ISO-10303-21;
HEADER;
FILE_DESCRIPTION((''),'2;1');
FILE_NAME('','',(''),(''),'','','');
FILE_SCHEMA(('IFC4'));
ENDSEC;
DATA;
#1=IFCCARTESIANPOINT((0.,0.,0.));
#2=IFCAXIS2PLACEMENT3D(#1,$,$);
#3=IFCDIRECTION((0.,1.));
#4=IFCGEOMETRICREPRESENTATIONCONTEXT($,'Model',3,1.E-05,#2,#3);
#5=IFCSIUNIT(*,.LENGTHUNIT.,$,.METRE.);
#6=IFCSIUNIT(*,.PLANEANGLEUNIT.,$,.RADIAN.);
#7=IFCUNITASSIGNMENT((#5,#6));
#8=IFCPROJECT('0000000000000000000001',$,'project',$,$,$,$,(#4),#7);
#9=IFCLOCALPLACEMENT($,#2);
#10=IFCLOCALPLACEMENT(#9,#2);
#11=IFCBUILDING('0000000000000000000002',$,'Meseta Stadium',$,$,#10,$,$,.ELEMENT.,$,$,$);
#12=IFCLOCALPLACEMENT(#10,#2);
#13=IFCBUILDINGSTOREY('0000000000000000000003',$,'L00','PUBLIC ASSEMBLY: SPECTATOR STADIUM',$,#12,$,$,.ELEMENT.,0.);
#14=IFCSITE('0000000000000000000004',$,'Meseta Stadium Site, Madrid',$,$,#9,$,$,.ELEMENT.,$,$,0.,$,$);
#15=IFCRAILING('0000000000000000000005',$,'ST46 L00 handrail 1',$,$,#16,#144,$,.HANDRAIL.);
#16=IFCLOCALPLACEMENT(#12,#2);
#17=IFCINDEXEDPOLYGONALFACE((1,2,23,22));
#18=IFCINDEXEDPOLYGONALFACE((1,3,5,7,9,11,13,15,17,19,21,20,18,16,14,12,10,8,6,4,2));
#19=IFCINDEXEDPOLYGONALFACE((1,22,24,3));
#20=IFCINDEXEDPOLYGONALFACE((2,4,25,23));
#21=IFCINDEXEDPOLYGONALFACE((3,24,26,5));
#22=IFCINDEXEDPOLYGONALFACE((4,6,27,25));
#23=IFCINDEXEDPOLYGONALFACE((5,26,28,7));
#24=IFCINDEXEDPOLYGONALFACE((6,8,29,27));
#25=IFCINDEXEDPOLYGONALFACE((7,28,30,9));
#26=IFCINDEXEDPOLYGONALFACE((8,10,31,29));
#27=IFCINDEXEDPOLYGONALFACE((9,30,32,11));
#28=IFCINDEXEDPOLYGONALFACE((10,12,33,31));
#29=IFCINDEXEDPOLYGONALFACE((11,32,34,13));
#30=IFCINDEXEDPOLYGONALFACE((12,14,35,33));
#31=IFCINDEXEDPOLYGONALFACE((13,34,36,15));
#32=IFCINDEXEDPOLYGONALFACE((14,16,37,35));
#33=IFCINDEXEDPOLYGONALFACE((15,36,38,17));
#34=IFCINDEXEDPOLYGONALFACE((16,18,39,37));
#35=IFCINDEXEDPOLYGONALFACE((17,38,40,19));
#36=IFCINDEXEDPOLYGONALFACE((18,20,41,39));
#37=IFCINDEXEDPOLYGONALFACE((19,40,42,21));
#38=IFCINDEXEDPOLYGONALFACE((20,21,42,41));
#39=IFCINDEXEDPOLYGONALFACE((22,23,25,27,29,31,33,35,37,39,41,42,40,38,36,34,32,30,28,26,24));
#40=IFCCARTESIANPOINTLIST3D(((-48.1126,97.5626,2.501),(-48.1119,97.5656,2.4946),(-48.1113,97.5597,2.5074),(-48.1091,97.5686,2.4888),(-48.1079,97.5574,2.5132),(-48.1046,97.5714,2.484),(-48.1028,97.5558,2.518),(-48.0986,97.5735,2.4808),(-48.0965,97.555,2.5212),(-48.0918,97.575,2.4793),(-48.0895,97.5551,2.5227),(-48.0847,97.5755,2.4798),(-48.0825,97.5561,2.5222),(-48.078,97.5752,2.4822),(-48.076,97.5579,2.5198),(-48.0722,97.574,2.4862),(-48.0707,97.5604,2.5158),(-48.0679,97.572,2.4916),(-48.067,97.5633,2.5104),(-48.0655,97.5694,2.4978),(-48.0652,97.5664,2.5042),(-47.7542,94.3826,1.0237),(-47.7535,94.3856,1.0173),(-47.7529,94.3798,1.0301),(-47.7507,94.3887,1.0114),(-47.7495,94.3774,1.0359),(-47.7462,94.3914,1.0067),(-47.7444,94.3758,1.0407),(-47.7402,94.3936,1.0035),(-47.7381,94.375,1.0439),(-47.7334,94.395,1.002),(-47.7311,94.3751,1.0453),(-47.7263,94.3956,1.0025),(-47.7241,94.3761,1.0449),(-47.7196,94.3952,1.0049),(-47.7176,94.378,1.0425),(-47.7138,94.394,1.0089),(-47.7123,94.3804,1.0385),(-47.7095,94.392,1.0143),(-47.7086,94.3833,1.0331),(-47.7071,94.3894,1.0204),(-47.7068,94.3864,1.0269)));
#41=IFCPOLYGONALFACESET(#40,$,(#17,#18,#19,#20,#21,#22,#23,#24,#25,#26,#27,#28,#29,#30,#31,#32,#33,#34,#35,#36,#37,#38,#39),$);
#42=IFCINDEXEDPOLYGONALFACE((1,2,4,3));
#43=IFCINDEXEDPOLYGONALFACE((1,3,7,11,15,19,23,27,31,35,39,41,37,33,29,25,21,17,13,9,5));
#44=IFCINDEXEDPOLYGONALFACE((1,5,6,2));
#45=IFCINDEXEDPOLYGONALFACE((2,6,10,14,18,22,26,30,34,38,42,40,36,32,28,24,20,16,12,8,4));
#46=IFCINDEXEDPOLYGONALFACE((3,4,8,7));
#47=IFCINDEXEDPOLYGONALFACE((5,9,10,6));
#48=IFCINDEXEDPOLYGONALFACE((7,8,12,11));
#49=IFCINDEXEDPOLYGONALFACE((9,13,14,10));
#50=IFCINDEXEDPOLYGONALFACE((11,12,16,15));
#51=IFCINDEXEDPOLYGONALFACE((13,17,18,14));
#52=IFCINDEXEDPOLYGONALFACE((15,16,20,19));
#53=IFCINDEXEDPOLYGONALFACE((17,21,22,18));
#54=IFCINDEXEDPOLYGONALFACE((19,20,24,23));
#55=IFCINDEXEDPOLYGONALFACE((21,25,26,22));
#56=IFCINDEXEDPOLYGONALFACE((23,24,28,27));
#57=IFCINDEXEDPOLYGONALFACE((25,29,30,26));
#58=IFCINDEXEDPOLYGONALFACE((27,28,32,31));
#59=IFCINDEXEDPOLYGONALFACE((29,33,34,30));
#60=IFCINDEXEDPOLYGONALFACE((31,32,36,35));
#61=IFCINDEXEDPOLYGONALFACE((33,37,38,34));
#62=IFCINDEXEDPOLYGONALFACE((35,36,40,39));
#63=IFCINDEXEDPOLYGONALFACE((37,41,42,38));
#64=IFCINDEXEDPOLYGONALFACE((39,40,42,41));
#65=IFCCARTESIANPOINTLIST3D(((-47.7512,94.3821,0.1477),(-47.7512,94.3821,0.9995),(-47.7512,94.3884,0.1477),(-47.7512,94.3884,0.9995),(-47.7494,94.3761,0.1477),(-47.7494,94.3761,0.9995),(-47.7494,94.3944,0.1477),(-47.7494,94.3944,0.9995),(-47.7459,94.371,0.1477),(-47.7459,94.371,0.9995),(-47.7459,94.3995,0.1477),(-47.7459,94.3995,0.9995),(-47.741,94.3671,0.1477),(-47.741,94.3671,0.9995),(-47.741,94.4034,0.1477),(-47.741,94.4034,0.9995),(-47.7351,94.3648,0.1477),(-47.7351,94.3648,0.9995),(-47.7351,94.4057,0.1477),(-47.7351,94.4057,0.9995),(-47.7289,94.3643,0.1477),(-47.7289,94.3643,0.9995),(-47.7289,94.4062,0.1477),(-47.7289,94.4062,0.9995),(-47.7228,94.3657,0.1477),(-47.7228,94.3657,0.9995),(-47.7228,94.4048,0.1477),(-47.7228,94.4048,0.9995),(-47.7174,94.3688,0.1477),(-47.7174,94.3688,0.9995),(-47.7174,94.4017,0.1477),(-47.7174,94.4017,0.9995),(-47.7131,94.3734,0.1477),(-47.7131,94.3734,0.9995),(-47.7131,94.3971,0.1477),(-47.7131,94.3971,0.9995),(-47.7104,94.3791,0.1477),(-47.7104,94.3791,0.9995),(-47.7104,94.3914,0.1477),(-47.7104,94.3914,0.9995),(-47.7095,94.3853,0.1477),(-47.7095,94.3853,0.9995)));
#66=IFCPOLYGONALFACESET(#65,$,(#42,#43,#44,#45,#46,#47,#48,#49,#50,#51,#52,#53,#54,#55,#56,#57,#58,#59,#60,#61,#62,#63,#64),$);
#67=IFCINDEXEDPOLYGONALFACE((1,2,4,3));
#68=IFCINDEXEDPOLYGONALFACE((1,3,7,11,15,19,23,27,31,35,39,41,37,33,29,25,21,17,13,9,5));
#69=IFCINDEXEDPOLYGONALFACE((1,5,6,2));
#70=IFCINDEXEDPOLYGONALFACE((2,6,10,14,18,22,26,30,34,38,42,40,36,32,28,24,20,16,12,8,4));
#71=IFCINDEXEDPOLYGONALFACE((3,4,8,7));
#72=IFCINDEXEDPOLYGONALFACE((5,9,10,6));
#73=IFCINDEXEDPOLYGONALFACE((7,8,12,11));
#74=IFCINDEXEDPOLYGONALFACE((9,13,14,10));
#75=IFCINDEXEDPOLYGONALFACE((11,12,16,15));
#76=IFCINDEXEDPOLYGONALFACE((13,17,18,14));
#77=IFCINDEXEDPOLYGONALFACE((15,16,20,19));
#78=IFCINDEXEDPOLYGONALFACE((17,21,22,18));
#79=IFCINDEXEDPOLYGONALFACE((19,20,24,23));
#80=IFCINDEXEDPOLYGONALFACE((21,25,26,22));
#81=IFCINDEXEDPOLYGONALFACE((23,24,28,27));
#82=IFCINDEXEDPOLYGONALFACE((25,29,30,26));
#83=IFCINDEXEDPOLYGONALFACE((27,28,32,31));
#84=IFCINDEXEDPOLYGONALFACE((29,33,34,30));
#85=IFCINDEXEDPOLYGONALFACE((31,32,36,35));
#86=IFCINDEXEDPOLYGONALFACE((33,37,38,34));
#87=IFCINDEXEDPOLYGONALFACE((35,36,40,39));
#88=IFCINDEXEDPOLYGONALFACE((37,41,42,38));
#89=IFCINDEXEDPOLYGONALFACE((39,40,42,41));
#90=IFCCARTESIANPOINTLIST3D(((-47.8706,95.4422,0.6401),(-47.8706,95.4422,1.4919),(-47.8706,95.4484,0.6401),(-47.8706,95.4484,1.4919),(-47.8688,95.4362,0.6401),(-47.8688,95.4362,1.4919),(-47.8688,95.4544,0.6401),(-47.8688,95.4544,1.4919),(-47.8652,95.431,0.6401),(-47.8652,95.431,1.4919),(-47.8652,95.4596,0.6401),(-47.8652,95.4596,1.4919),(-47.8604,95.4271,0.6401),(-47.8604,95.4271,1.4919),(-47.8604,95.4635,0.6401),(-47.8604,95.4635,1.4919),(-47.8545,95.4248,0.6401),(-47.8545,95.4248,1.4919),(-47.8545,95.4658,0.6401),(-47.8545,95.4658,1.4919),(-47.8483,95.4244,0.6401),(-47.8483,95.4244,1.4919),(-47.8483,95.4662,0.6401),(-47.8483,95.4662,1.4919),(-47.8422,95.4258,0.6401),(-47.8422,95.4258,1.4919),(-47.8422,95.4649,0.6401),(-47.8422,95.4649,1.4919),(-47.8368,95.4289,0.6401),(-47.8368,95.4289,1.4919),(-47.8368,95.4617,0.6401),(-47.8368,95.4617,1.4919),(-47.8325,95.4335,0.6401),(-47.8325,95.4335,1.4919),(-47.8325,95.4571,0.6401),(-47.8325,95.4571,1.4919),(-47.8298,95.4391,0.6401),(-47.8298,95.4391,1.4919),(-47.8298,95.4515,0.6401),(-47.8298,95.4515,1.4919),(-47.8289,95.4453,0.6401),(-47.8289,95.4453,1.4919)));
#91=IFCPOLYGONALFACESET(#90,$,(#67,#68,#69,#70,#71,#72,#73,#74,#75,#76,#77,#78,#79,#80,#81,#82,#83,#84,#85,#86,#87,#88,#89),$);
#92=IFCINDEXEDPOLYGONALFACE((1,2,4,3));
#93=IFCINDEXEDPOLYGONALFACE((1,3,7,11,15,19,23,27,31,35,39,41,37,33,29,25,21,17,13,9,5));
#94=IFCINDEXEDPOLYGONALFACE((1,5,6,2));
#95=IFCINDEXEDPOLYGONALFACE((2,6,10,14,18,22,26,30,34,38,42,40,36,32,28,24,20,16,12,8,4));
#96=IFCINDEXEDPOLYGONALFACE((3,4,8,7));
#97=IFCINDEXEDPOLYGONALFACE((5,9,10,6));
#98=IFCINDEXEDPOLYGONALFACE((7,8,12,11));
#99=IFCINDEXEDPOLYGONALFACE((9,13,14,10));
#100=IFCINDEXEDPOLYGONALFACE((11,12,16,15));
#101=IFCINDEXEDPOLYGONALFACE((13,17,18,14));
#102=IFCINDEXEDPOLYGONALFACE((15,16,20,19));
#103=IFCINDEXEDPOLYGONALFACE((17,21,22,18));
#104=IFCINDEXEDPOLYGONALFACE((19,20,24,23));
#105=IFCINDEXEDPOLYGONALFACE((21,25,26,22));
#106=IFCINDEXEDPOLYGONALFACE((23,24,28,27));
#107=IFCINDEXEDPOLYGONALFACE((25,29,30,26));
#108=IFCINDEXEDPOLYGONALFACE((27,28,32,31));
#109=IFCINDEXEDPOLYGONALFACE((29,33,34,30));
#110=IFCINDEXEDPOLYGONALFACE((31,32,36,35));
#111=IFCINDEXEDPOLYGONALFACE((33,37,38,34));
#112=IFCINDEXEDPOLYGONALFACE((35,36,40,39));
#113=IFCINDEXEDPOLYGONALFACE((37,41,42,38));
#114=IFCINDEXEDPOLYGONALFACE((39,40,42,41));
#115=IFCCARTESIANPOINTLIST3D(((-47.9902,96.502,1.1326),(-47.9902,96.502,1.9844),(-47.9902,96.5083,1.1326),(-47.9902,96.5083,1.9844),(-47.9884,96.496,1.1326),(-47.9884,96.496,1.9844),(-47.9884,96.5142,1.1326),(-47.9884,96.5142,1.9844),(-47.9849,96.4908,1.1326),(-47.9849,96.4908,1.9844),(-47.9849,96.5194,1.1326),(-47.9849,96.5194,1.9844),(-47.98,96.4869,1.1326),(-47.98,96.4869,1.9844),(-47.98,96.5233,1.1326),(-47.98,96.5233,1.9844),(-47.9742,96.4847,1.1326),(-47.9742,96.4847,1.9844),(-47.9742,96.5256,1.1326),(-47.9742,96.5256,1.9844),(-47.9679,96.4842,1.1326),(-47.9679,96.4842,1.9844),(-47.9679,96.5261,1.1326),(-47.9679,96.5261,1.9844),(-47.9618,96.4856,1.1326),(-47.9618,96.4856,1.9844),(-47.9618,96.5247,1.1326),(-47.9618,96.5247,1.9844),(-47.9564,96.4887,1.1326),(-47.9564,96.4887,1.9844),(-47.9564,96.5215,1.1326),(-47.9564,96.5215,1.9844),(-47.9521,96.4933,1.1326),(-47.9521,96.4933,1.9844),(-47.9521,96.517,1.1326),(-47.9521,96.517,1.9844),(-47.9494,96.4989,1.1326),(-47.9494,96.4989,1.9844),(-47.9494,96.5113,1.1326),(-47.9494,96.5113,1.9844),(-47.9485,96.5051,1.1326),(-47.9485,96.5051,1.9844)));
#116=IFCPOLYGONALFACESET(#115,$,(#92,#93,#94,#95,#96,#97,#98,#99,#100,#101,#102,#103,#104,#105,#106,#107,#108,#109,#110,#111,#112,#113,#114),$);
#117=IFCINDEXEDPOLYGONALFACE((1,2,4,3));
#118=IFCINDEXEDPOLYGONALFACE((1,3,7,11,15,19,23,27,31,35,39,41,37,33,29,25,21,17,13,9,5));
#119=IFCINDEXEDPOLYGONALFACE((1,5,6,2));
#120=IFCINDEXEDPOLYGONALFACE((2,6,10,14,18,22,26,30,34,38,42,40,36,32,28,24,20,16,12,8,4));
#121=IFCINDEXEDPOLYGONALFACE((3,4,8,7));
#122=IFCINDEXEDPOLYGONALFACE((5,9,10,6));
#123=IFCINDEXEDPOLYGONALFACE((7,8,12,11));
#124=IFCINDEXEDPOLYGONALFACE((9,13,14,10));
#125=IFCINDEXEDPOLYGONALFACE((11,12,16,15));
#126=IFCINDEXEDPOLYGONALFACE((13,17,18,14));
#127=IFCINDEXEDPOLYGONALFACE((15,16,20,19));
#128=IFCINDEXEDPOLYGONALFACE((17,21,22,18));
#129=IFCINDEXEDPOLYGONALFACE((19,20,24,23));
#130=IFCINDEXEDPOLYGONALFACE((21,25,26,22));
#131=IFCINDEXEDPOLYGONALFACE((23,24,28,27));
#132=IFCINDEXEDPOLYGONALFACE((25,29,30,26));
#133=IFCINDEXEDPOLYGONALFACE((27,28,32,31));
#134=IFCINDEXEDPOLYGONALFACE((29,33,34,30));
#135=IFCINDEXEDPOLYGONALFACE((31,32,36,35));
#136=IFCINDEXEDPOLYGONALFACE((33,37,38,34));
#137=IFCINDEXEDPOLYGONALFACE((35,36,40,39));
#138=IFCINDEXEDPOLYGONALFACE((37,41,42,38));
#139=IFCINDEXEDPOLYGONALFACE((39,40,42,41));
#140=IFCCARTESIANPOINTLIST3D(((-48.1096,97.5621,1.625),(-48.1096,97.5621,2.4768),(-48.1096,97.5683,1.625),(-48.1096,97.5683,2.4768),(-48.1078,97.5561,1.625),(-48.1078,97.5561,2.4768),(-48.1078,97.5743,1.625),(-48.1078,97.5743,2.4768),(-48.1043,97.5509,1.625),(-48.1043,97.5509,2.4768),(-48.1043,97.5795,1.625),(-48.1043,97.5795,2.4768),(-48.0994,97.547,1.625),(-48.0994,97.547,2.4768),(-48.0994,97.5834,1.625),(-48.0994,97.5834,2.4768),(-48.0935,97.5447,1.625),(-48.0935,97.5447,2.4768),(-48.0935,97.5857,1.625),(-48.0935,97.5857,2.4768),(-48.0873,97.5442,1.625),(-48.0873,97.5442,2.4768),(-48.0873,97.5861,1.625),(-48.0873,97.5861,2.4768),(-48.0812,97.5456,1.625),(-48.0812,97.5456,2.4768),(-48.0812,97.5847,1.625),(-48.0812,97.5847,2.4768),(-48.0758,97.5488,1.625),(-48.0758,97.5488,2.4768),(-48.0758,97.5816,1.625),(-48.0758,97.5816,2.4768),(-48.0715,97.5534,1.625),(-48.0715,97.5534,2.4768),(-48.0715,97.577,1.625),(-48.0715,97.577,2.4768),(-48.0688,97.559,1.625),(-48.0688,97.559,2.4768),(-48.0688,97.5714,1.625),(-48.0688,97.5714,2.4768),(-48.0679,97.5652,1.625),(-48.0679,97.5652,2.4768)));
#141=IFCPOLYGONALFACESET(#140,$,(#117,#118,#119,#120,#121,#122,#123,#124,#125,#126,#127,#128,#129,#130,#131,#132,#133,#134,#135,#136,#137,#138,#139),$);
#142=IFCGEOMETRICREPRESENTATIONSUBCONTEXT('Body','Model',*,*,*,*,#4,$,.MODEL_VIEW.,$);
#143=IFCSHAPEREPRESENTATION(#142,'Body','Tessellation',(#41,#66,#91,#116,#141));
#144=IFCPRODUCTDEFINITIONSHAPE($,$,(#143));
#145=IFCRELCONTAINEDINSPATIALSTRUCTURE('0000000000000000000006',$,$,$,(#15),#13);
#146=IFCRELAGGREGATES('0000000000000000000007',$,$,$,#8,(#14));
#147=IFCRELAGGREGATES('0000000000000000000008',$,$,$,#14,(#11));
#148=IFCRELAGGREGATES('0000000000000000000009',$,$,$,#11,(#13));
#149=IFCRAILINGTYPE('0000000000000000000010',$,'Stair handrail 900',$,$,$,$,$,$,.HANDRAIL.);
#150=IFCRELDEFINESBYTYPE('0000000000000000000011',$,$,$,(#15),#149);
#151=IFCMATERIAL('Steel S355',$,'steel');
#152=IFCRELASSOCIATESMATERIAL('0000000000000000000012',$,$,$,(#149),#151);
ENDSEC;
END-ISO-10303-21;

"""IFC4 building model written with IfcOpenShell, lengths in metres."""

from ifc_helpers import new_model, si_unit, direction, frame, origin, origin_2d, place, context, subcontext, project, spatial, circle, extrude, material, type_object, element, save


model = new_model("IFC4")

# Units and contexts
model_context = context("Model", 3, precision=1e-05, world=origin(), true_north=direction((0.0, 1.0)))
body_context = subcontext(model_context, "Body", "Model", "MODEL_VIEW")
ifc_project = project(units=[si_unit("LENGTHUNIT", "METRE"), si_unit("PLANEANGLEUNIT", "RADIAN")], contexts=[model_context])

# Site, building, storey
site_placement = place(None, origin())
site = spatial("IfcSite", under=ifc_project, at=site_placement, Name="Meseta Stadium Site, Madrid", CompositionType="ELEMENT", RefElevation=0.0)
building_placement = place(site_placement, origin())
building = spatial("IfcBuilding", under=site, at=building_placement, Name="Meseta Stadium", CompositionType="ELEMENT")
storey_placement = place(building_placement, origin())
storey = spatial("IfcBuildingStorey", under=building, at=storey_placement, Name="L00", Description="PUBLIC ASSEMBLY: SPECTATOR STADIUM", CompositionType="ELEMENT", Elevation=0.0)

# Railing
ifc_material_1 = material(Name="Steel S355", Category="steel")
railing_type_1 = type_object("IfcRailingType", Name="Stair handrail 900", PredefinedType="HANDRAIL", material=ifc_material_1)
railing_1_placement = place(storey_placement, frame((-47.7305, 94.3853, 0.1477)))
element("IfcRailing", 1, at=railing_1_placement, inside=storey, type_object=railing_type_1, Name="ST46 L00 handrail 1", PredefinedType="HANDRAIL", context=body_context, shape_type="SweptSolid", body=[
    extrude(circle(Radius=0.0239, at=origin_2d()), frame((0.0, 0.0, 0.876), z_axis=(-0.101685, 0.90221, 0.419138), x_axis=(-0.993709, -0.111997, 0.0)), (0.0, 0.0, 1.0), 3.5247),
    extrude(circle(Radius=0.021, at=origin_2d()), origin(), (0.0, 0.0, 1.0), 0.8518),
    extrude(circle(Radius=0.021, at=origin_2d()), frame((-0.1194, 1.0601, 0.4924)), (0.0, 0.0, 1.0), 0.8518),
    extrude(circle(Radius=0.021, at=origin_2d()), frame((-0.239, 2.1199, 0.9849)), (0.0, 0.0, 1.0), 0.8518),
    extrude(circle(Radius=0.021, at=origin_2d()), frame((-0.3584, 3.1799, 1.4773)), (0.0, 0.0, 1.0), 0.8518),
])

save(model, "model.ifc")
